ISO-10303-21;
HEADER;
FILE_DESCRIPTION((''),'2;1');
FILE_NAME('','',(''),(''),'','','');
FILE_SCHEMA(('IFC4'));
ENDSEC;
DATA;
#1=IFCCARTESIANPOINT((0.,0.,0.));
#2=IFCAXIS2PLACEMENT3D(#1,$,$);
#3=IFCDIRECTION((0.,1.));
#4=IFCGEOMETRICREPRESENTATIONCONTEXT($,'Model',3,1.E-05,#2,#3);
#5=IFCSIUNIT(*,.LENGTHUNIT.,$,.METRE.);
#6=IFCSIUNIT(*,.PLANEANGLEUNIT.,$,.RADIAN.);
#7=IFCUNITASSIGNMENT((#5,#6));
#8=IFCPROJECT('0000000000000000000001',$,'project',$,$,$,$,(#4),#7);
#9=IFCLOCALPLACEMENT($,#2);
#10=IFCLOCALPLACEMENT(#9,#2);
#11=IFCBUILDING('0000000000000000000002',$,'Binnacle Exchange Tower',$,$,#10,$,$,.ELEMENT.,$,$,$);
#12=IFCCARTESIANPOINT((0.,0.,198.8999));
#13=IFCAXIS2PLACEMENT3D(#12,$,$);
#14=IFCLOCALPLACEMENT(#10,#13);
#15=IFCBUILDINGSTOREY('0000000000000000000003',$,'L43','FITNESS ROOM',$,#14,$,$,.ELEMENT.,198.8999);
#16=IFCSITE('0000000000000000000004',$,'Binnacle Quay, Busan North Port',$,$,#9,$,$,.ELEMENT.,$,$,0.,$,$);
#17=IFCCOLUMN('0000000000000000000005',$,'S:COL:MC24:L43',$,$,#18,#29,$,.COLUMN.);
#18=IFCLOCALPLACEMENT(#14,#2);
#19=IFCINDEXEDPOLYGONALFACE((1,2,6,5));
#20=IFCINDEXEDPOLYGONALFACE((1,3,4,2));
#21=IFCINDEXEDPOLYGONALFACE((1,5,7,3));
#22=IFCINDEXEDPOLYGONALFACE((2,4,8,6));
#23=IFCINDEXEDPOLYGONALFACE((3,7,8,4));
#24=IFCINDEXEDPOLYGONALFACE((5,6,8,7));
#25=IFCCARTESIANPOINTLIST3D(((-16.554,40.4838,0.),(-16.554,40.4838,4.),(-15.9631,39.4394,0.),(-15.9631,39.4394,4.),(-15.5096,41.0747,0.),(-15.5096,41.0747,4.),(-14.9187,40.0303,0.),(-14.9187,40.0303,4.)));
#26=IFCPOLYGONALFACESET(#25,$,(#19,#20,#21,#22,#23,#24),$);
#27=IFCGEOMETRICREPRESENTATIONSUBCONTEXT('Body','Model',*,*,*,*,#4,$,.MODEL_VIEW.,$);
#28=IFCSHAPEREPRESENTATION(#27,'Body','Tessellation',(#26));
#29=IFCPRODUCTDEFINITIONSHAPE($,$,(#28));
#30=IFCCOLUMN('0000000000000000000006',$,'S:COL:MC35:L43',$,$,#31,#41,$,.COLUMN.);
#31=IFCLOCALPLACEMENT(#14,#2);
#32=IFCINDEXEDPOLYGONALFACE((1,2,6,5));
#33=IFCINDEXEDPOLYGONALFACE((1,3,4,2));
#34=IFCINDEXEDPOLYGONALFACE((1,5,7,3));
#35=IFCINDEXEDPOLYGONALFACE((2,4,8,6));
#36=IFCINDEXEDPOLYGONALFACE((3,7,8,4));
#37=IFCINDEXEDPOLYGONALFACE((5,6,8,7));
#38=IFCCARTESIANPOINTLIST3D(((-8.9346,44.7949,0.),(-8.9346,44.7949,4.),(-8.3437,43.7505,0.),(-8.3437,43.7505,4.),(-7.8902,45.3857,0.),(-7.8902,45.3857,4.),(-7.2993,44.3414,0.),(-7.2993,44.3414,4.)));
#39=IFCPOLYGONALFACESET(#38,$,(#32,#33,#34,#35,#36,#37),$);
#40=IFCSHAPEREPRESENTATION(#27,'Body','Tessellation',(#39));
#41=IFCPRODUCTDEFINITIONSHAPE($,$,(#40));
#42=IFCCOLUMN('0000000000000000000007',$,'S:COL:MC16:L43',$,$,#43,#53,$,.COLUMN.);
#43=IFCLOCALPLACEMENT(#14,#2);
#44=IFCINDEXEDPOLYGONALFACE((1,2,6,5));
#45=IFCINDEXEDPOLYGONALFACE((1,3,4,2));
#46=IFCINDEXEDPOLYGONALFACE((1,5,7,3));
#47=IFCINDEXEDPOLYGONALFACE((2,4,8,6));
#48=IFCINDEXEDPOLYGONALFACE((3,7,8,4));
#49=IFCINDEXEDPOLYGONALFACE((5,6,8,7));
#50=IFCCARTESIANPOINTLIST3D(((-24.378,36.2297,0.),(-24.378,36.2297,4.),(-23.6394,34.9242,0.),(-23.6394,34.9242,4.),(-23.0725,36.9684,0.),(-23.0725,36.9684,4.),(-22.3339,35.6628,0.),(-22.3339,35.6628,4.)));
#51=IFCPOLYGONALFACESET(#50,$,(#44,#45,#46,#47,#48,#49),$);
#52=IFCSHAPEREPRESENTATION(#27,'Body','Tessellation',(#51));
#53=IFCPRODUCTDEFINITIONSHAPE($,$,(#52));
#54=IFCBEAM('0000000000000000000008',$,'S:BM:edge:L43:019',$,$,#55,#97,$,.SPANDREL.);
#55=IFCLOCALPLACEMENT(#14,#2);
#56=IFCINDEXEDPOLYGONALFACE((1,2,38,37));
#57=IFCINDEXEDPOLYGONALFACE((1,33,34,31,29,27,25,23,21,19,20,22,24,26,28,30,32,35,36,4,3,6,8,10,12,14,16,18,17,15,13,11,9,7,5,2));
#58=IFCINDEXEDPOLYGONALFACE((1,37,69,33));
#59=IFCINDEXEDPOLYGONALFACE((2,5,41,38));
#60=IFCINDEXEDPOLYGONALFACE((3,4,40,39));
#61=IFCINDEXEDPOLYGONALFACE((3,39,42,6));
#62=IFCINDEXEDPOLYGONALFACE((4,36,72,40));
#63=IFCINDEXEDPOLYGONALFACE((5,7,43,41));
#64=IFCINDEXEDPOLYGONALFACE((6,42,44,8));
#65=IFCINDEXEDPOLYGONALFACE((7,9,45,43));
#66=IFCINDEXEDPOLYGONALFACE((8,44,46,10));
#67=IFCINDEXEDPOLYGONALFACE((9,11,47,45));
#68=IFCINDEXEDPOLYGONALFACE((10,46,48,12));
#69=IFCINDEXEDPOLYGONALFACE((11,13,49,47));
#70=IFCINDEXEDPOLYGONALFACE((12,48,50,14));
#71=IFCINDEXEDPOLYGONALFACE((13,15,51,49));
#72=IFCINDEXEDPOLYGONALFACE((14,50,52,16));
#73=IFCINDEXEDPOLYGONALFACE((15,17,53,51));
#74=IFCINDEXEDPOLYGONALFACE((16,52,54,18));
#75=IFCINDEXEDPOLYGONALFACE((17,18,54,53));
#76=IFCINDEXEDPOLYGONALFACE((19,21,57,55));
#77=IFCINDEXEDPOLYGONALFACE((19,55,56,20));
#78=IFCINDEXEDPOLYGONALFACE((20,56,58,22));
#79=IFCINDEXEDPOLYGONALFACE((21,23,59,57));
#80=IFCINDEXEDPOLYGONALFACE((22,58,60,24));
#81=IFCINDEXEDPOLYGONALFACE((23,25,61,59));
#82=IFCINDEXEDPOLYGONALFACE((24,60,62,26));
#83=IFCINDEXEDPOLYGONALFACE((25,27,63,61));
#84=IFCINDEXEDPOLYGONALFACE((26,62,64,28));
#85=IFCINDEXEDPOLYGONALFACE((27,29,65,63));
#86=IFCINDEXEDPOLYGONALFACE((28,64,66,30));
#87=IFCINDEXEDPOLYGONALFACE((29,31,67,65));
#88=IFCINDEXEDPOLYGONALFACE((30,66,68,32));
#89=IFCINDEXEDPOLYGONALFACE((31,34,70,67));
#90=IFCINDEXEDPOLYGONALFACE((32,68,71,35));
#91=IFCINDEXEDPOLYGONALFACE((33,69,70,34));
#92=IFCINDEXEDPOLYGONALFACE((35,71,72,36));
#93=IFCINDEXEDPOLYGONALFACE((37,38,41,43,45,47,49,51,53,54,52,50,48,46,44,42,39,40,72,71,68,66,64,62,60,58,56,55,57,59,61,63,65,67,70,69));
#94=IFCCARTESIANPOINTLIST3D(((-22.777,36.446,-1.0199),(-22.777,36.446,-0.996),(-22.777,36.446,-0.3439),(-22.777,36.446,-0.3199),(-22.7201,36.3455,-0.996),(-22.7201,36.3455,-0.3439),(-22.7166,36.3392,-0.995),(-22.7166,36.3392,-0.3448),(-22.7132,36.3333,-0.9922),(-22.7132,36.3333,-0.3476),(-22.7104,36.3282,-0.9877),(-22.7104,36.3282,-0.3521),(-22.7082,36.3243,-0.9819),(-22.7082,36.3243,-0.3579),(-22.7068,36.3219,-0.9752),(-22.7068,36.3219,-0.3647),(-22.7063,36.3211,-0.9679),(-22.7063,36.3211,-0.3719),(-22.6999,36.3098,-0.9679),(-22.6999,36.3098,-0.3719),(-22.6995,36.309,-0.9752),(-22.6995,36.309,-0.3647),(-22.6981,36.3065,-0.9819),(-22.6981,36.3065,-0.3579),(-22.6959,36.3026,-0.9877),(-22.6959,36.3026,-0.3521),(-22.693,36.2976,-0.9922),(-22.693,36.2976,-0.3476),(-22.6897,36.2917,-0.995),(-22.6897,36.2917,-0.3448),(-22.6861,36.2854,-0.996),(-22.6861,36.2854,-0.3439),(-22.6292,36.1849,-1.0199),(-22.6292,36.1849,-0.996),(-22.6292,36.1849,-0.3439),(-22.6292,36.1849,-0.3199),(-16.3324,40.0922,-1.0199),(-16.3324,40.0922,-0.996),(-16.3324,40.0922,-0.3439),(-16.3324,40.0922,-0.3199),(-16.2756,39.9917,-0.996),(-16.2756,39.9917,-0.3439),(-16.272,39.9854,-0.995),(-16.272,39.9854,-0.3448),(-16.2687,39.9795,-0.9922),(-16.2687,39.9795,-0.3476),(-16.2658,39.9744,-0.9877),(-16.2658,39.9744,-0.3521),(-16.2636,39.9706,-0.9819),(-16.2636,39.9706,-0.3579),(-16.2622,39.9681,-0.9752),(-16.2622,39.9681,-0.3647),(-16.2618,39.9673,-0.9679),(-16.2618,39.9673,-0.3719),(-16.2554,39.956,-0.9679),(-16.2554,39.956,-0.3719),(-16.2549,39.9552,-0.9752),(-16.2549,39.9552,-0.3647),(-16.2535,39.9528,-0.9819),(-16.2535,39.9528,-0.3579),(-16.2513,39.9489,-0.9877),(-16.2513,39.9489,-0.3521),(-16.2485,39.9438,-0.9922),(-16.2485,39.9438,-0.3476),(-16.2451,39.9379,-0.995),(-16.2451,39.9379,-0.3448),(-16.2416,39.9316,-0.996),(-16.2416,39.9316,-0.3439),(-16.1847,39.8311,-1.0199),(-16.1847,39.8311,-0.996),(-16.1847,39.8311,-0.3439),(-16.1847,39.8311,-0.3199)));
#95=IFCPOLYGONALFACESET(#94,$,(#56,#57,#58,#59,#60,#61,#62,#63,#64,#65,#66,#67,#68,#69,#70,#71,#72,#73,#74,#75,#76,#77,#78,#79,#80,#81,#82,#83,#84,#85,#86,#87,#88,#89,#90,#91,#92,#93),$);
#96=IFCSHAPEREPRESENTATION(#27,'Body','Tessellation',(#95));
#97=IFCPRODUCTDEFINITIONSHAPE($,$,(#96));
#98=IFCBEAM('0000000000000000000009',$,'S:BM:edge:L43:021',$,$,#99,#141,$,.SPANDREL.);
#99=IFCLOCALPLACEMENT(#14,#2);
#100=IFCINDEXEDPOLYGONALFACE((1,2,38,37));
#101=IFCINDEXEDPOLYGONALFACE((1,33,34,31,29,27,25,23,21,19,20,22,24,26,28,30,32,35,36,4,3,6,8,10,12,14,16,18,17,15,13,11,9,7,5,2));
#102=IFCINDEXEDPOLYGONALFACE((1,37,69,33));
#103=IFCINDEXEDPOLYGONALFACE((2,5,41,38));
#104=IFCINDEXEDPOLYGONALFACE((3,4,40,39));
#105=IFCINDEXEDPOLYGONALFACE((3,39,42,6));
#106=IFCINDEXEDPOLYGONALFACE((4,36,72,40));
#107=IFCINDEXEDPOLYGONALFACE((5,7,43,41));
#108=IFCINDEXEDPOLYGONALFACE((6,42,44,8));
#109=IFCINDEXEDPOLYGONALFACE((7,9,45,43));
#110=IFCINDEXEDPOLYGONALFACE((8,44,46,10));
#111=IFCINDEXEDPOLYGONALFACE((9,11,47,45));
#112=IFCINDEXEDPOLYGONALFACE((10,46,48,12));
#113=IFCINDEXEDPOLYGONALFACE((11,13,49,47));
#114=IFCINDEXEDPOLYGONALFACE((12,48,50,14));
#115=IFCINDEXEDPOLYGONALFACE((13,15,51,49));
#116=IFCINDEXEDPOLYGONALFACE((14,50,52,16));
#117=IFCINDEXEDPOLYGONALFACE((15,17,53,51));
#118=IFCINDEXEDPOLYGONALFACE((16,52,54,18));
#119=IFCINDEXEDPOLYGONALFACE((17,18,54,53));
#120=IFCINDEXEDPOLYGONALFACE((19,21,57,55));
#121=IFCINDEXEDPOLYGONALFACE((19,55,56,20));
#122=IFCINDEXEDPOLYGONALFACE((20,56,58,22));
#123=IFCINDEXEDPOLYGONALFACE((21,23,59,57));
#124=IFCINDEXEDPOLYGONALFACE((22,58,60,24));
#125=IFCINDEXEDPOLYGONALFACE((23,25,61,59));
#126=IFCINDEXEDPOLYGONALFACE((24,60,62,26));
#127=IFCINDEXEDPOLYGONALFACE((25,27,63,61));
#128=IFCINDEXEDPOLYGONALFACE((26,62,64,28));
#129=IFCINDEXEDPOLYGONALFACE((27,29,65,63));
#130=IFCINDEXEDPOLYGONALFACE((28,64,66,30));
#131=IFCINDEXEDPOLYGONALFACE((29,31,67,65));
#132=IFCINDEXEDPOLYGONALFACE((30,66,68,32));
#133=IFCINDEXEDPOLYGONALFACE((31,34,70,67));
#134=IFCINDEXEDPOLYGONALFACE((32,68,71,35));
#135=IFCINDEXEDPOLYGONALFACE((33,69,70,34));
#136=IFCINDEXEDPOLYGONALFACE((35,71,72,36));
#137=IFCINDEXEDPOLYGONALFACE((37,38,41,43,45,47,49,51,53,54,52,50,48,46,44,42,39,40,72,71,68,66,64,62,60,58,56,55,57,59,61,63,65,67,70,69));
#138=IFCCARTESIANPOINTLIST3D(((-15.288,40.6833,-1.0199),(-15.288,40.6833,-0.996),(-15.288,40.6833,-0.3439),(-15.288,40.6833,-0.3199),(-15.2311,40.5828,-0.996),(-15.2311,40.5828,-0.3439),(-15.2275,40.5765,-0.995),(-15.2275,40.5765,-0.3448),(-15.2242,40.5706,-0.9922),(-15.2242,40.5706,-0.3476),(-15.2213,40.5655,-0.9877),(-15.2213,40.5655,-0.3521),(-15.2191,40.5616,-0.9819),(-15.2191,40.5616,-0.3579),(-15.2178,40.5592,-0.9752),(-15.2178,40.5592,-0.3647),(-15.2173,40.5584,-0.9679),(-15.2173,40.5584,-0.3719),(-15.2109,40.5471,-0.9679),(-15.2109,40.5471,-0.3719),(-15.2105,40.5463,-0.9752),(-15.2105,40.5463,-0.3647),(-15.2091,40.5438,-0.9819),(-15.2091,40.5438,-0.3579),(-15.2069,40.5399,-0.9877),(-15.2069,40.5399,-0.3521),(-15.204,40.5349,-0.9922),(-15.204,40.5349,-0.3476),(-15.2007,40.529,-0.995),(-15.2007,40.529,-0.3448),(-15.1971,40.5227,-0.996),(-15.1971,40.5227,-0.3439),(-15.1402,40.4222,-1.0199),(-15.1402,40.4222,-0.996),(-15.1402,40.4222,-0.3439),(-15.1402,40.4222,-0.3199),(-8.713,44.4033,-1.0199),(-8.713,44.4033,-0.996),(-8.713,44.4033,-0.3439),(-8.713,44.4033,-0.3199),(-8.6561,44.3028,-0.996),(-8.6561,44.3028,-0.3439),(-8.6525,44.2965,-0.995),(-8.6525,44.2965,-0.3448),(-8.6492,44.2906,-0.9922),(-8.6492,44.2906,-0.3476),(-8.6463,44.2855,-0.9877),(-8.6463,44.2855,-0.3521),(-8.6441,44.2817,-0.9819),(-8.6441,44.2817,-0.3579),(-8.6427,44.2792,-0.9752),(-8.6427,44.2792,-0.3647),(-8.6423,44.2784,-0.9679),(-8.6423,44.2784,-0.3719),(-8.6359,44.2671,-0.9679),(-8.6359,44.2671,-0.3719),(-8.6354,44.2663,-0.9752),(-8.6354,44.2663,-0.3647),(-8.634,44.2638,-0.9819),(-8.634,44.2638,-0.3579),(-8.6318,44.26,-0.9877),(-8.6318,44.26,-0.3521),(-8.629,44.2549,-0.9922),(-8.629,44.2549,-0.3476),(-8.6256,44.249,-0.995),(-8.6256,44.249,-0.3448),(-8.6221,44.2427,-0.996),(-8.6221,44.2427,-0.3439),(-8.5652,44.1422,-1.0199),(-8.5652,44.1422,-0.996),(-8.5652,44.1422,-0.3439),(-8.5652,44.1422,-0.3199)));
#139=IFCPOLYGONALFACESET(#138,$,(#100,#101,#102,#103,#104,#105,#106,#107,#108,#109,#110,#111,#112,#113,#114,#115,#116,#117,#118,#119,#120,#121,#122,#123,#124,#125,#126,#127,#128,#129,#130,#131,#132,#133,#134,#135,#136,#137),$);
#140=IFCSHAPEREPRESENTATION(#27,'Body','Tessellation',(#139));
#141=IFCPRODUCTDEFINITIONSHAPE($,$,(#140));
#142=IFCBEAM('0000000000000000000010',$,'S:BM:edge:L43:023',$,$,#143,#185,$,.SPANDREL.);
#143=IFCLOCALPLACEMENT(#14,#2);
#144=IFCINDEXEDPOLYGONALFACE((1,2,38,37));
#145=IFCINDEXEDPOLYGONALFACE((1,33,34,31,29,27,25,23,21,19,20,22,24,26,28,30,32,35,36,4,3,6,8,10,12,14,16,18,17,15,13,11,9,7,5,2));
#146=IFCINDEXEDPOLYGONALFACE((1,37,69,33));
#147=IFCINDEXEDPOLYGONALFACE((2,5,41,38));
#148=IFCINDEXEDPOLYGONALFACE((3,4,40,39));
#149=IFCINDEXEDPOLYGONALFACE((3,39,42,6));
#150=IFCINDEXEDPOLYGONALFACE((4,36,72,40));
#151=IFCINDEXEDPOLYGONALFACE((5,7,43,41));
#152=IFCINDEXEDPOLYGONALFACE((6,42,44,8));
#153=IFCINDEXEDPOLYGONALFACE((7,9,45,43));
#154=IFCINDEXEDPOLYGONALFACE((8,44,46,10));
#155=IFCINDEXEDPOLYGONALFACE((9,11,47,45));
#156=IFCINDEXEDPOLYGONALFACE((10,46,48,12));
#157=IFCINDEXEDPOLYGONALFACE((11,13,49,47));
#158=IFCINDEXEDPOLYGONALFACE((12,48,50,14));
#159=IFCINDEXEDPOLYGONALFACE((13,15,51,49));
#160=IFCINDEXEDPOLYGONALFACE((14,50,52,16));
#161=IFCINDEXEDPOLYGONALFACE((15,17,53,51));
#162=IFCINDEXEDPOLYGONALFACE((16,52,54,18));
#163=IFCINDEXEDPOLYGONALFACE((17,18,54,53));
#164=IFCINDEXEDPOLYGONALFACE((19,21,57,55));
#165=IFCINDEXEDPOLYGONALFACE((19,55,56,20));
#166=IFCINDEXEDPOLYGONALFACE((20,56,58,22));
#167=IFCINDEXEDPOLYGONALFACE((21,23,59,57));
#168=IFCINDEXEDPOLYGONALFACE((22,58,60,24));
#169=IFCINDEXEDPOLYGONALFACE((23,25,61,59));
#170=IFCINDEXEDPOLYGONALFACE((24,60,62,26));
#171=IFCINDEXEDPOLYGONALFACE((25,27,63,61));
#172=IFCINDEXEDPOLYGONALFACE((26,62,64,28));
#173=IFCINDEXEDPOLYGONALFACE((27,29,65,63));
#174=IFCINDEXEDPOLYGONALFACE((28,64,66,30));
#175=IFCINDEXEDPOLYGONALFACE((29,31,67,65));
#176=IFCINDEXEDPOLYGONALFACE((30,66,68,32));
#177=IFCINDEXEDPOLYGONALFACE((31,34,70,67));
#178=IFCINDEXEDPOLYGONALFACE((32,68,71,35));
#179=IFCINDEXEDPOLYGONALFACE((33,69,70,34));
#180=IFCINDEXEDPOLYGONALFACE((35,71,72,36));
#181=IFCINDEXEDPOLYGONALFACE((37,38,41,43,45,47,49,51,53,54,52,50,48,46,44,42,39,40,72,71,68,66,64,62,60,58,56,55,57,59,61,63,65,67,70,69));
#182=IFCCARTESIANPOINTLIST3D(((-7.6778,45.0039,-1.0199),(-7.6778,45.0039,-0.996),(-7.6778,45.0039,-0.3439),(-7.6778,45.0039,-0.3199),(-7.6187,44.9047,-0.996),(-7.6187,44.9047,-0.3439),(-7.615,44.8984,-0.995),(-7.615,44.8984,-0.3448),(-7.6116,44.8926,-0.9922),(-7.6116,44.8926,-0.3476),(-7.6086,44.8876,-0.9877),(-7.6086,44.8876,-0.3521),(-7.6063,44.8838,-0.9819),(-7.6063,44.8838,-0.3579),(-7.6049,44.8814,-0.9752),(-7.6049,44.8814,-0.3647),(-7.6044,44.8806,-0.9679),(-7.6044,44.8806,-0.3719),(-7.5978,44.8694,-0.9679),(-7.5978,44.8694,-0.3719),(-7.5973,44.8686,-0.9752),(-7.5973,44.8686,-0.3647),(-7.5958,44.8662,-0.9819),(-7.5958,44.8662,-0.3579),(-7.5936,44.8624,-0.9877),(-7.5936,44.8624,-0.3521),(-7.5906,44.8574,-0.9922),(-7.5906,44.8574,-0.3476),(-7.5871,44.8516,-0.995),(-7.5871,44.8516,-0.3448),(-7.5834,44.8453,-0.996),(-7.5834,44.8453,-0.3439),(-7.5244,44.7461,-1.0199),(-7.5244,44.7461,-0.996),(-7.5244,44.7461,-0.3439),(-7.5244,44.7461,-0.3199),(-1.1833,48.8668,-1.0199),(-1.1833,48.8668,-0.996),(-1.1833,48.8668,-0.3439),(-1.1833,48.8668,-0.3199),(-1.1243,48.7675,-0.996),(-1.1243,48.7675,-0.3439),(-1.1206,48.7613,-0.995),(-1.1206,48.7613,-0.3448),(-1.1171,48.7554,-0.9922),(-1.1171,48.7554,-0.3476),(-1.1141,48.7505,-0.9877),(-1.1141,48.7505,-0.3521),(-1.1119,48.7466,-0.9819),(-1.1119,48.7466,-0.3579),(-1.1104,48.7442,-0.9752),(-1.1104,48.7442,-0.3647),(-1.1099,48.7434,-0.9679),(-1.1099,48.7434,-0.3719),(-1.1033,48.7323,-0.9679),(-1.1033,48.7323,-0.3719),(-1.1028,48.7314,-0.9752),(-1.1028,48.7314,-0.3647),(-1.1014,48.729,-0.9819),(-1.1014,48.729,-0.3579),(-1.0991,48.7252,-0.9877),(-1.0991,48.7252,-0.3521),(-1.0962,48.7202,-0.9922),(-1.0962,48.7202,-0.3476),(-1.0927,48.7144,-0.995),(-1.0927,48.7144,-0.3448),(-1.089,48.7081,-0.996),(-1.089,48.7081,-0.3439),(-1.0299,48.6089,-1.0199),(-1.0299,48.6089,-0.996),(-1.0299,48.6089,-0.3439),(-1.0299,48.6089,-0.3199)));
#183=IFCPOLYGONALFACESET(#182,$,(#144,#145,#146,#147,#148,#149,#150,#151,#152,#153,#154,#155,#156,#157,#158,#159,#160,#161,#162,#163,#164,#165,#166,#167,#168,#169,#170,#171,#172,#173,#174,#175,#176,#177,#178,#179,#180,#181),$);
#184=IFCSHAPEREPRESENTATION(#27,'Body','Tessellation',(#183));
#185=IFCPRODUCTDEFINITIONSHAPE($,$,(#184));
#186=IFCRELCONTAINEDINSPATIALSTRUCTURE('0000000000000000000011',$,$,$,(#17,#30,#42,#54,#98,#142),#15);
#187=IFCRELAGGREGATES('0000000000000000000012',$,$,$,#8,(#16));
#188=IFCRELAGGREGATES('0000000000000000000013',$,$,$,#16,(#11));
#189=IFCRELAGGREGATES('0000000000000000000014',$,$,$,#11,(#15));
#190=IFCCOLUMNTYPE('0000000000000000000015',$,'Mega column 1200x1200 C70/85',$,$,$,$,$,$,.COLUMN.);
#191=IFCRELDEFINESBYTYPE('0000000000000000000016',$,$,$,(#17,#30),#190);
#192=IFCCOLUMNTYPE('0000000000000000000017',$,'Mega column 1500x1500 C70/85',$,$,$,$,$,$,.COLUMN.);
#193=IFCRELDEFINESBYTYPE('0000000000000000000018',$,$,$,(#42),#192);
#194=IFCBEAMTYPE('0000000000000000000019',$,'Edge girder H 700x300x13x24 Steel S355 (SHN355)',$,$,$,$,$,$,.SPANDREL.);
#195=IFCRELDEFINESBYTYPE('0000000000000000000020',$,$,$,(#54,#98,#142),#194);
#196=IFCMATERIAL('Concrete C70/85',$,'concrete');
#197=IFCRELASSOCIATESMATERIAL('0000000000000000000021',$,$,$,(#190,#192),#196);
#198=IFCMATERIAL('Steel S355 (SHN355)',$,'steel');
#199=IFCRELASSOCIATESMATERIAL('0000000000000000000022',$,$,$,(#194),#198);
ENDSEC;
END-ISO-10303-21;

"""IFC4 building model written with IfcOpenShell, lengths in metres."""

from ifc_helpers import new_model, si_unit, direction, frame, origin, origin_2d, place, context, subcontext, project, spatial, rectangle, i_section, extrude, material, material_profile, profile_set, type_object, element, save


model = new_model("IFC4")

# Units and contexts
model_context = context("Model", 3, precision=1e-05, world=origin(), true_north=direction((0.0, 1.0)))
body_context = subcontext(model_context, "Body", "Model", "MODEL_VIEW")
ifc_project = project(units=[si_unit("LENGTHUNIT", "METRE"), si_unit("PLANEANGLEUNIT", "RADIAN")], contexts=[model_context])

# Site, building, storey
site_placement = place(None, origin())
site = spatial("IfcSite", under=ifc_project, at=site_placement, Name="Binnacle Quay, Busan North Port", CompositionType="ELEMENT", RefElevation=0.0)
building_placement = place(site_placement, origin())
building = spatial("IfcBuilding", under=site, at=building_placement, Name="Binnacle Exchange Tower", CompositionType="ELEMENT")
storey_placement = place(building_placement, frame((0.0, 0.0, 198.8999)))
storey = spatial("IfcBuildingStorey", under=building, at=storey_placement, Name="L43", Description="FITNESS ROOM", CompositionType="ELEMENT", Elevation=198.8999)

# Columns
ifc_material_1 = material(Name="Concrete C70/85", Category="concrete")
ifc_material_profile_1 = material_profile(ifc_material_1, rectangle(XDim=1.2, YDim=1.2, at=origin_2d()), Name="Mega column 1200x1200 C70/85")
ifc_profile_set_1 = profile_set([ifc_material_profile_1], Name="Concrete C70/85")
column_type_1 = type_object("IfcColumnType", Name="Mega column 1200x1200 C70/85", PredefinedType="COLUMN", material=ifc_profile_set_1)
for number, where, z_axis, x_axis, name in (
    (1, (-15.7363, 40.2571, 0.0), (0.0, 0.0, 1.0), (0.870356, 0.492424, 0.0), "S:COL:MC24:L43"),
    (2, (-8.1169, 44.5681, 0.0), (0.0, 0.0, 1.0), (0.870356, 0.492424, 0.0), "S:COL:MC35:L43"),
):
    element("IfcColumn", number, at=place(storey_placement, frame(where, z_axis=z_axis, x_axis=x_axis)), inside=storey, type_object=column_type_1, Name=name, PredefinedType="COLUMN", context=body_context, shape_type="SweptSolid", body=[
        extrude(rectangle(XDim=1.2, YDim=1.2, at=origin_2d()), origin(), (0.0, 0.0, 1.0), 4.0),
    ])
ifc_material_profile_2 = material_profile(ifc_material_1, rectangle(XDim=1.5, YDim=1.5, at=origin_2d()), Name="Mega column 1500x1500 C70/85")
ifc_profile_set_2 = profile_set([ifc_material_profile_2], Name="Concrete C70/85")
column_type_2 = type_object("IfcColumnType", Name="Mega column 1500x1500 C70/85", PredefinedType="COLUMN", material=ifc_profile_set_2)
column_placement = place(storey_placement, frame((-23.356, 35.9463, 0.0), z_axis=(0.0, 0.0, 1.0), x_axis=(0.870356, 0.492424, 0.0)))
element("IfcColumn", 3, at=column_placement, inside=storey, type_object=column_type_2, Name="S:COL:MC16:L43", PredefinedType="COLUMN", context=body_context, shape_type="SweptSolid", body=[
    extrude(rectangle(XDim=1.5, YDim=1.5, at=origin_2d()), origin(), (0.0, 0.0, 1.0), 4.0),
])

# Beams
ifc_material_2 = material(Name="Steel S355 (SHN355)", Category="steel")
ifc_material_profile_3 = material_profile(ifc_material_2, i_section(OverallWidth=0.3, OverallDepth=0.7, WebThickness=0.0129, FlangeThickness=0.0239, FilletRadius=0.0281, at=origin_2d()), Name="H 700x300x13x24")
ifc_profile_set_3 = profile_set([ifc_material_profile_3], Name="Steel S355 (SHN355)")
beam_type_1 = type_object("IfcBeamType", Name="Edge girder H 700x300x13x24 Steel S355 (SHN355)", PredefinedType="SPANDREL", material=ifc_profile_set_3)
beam_1_placement = place(storey_placement, frame((-22.7031, 36.3154, -0.6699), z_axis=(0.870352, 0.492431, 0.0), x_axis=(-0.492431, 0.870352, 0.0)))
element("IfcBeam", 4, at=beam_1_placement, inside=storey, type_object=beam_type_1, Name="S:BM:edge:L43:019", PredefinedType="SPANDREL", context=body_context, shape_type="SweptSolid", body=[
    extrude(i_section(OverallWidth=0.3, OverallDepth=0.7, WebThickness=0.0129, FlangeThickness=0.0239, FilletRadius=0.0281, at=origin_2d()), origin(), (0.0, 0.0, 1.0), 7.4045),
])
beam_2_placement = place(storey_placement, frame((-15.2141, 40.5527, -0.6699), z_axis=(0.870353, 0.492428, 0.0), x_axis=(-0.492428, 0.870353, 0.0)))
element("IfcBeam", 5, at=beam_2_placement, inside=storey, type_object=beam_type_1, Name="S:BM:edge:L43:021", PredefinedType="SPANDREL", context=body_context, shape_type="SweptSolid", body=[
    extrude(i_section(OverallWidth=0.3, OverallDepth=0.7, WebThickness=0.0129, FlangeThickness=0.0239, FilletRadius=0.0281, at=origin_2d()), origin(), (0.0, 0.0, 1.0), 7.5544),
])
beam_3_placement = place(storey_placement, frame((-7.6011, 44.875, -0.6699), z_axis=(0.859462, 0.511199, 0.0), x_axis=(-0.511199, 0.859462, 0.0)))
element("IfcBeam", 6, at=beam_3_placement, inside=storey, type_object=beam_type_1, Name="S:BM:edge:L43:023", PredefinedType="SPANDREL", context=body_context, shape_type="SweptSolid", body=[
    extrude(i_section(OverallWidth=0.3, OverallDepth=0.7, WebThickness=0.0129, FlangeThickness=0.0239, FilletRadius=0.0281, at=origin_2d()), origin(), (0.0, 0.0, 1.0), 7.5564),
])

save(model, "model.ifc")
